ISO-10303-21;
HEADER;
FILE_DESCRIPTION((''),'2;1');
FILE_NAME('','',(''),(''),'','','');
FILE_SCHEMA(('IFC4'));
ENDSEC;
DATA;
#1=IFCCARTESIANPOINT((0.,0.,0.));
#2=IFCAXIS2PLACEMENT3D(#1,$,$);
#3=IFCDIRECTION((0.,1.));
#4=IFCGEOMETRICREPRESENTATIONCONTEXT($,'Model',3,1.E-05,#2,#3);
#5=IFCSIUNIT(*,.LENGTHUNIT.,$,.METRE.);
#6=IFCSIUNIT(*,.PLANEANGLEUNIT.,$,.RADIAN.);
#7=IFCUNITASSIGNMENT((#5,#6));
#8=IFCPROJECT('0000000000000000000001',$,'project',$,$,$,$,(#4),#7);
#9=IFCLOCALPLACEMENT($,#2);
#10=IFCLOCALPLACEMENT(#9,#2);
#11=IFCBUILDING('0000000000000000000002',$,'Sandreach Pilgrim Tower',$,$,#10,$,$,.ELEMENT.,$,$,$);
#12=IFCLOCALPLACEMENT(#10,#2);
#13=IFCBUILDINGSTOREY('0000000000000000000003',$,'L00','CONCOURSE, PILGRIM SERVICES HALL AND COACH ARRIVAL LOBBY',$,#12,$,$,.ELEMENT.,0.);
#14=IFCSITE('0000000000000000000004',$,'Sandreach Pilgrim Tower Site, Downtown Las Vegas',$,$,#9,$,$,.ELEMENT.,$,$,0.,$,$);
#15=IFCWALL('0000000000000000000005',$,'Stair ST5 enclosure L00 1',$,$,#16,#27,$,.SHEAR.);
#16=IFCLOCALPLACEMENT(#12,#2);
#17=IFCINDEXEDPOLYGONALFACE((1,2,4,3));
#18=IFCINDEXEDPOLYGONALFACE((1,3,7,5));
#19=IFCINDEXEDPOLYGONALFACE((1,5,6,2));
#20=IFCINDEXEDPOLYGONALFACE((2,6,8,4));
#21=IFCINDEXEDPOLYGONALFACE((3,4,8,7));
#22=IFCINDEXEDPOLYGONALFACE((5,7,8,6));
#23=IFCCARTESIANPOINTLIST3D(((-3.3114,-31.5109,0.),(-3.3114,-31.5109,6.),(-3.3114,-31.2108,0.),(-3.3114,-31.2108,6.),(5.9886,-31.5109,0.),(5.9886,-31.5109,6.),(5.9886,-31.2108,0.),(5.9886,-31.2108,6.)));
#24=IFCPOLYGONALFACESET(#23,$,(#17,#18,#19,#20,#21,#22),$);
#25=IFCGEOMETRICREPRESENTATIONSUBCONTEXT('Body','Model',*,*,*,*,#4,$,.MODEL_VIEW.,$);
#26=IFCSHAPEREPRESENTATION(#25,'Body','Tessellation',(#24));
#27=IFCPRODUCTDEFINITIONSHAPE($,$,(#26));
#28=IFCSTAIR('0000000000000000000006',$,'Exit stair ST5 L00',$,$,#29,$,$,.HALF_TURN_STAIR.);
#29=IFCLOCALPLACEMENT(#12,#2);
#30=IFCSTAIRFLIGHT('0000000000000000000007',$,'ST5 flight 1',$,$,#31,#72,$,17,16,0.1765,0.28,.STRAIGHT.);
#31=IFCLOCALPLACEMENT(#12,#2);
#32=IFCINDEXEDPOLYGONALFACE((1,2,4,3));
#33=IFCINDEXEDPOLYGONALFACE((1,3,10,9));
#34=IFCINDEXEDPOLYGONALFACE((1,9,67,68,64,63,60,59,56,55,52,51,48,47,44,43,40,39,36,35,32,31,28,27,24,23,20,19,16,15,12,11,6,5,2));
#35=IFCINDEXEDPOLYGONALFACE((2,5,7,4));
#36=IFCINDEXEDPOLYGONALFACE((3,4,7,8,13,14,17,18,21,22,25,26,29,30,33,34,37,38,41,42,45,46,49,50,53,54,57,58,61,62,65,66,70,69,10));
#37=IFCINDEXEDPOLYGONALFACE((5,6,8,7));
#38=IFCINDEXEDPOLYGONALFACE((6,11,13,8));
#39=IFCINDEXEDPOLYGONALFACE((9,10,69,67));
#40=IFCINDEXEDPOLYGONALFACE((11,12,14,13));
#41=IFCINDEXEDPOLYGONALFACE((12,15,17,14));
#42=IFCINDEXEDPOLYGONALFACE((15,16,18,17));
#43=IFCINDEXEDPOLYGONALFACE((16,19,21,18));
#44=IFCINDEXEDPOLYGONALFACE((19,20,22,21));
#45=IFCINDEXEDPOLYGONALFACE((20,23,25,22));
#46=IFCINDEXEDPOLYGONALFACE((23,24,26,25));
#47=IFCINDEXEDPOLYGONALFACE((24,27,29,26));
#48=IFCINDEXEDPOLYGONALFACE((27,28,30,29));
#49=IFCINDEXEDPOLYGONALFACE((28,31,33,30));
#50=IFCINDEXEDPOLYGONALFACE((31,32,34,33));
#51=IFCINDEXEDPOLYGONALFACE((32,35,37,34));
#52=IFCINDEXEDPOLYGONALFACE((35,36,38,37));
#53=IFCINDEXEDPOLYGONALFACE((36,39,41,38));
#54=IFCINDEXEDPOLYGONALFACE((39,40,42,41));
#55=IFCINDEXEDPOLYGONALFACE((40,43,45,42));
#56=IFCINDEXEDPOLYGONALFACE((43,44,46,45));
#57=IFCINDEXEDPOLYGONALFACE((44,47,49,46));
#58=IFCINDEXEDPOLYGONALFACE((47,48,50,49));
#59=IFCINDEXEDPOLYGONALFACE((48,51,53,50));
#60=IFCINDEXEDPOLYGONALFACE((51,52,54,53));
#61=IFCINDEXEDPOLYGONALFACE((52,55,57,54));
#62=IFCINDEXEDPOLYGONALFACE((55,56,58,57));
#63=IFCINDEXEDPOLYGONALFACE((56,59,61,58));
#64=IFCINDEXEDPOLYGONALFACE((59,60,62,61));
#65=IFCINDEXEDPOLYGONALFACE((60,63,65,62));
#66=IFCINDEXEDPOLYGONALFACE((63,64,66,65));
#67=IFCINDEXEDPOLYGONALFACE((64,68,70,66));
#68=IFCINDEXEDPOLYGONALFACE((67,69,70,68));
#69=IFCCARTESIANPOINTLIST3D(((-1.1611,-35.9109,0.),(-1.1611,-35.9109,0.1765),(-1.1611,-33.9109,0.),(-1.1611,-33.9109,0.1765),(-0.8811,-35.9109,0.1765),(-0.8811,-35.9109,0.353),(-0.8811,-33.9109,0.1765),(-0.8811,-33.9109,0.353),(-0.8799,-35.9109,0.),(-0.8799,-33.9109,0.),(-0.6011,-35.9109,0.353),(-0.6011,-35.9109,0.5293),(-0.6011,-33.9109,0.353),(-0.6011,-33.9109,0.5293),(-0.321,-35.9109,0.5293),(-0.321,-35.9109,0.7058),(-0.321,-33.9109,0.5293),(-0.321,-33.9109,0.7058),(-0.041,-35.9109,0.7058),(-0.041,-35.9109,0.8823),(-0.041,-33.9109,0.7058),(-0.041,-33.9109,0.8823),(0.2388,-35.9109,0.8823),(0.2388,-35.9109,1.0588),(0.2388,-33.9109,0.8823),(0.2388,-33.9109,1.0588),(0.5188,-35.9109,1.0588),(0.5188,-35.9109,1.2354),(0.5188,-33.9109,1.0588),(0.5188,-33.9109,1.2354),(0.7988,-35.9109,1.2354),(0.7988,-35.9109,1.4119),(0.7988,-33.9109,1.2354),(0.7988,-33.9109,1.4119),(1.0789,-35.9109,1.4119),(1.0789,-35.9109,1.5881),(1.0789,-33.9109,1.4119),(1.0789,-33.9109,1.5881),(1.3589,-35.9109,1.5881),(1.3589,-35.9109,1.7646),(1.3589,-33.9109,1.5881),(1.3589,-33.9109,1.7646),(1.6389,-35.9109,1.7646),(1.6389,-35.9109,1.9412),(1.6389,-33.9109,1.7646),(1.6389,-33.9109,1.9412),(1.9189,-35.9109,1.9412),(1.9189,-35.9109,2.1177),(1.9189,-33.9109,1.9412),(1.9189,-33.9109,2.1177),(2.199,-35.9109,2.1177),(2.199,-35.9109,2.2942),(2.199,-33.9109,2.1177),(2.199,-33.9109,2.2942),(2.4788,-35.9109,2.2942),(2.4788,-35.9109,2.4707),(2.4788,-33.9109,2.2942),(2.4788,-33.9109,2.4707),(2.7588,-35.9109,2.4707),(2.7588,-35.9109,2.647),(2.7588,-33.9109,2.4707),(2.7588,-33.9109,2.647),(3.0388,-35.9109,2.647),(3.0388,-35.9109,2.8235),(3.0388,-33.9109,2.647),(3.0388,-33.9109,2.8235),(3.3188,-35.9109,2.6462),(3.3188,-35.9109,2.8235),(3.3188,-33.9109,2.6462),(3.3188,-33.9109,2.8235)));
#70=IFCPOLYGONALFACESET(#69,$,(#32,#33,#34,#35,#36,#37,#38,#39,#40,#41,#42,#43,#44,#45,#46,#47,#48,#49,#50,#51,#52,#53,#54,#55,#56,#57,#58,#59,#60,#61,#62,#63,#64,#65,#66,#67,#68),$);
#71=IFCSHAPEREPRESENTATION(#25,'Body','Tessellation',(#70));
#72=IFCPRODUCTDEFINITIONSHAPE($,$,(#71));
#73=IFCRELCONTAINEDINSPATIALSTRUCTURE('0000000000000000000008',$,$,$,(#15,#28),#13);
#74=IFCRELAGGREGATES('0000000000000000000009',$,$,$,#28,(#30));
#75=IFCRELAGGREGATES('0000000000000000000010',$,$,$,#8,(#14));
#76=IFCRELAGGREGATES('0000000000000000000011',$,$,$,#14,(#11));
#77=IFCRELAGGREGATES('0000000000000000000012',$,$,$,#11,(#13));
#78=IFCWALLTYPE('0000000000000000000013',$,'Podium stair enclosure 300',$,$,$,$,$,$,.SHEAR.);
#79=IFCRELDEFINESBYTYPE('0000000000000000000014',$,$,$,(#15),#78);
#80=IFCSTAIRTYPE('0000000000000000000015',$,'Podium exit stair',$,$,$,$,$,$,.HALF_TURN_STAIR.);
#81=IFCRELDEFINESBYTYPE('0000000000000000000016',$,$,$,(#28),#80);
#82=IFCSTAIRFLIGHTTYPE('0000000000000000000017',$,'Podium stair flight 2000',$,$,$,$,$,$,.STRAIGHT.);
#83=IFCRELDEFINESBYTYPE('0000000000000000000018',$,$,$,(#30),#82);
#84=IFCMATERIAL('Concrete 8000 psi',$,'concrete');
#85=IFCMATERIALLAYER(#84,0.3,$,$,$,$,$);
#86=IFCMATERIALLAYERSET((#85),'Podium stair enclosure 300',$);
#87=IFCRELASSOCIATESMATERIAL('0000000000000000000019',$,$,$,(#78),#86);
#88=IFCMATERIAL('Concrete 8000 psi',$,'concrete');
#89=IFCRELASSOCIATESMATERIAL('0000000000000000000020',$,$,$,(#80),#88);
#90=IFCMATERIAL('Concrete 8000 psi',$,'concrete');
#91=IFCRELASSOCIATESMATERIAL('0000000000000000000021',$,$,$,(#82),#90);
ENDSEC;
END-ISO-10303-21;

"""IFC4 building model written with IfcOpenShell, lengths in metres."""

from ifc_helpers import new_model, si_unit, direction, frame, frame_2d, origin, place, context, subcontext, project, spatial, polyline, rectangle, outline, extrude, material, layer, layer_set, type_object, element, aggregate, save


model = new_model("IFC4")

# Units and contexts
model_context = context("Model", 3, precision=1e-05, world=origin(), true_north=direction((0.0, 1.0)))
body_context = subcontext(model_context, "Body", "Model", "MODEL_VIEW")
ifc_project = project(units=[si_unit("LENGTHUNIT", "METRE"), si_unit("PLANEANGLEUNIT", "RADIAN")], contexts=[model_context])

# Site, building, storey
site_placement = place(None, origin())
site = spatial("IfcSite", under=ifc_project, at=site_placement, Name="Sandreach Pilgrim Tower Site, Downtown Las Vegas", CompositionType="ELEMENT", RefElevation=0.0)
building_placement = place(site_placement, origin())
building = spatial("IfcBuilding", under=site, at=building_placement, Name="Sandreach Pilgrim Tower", CompositionType="ELEMENT")
storey_placement = place(building_placement, origin())
storey = spatial("IfcBuildingStorey", under=building, at=storey_placement, Name="L00", Description="CONCOURSE, PILGRIM SERVICES HALL AND COACH ARRIVAL LOBBY", CompositionType="ELEMENT", Elevation=0.0)

# Wall
ifc_material_1 = material(Name="Concrete 8000 psi", Category="concrete")
ifc_layer_1 = layer(ifc_material_1, 0.3)
ifc_layer_set_1 = layer_set([ifc_layer_1], Name="Podium stair enclosure 300")
wall_type_1 = type_object("IfcWallType", Name="Podium stair enclosure 300", PredefinedType="SHEAR", material=ifc_layer_set_1)
wall_1_placement = place(storey_placement, frame((-3.3113, -31.3608, 0.0), z_axis=(0.0, 0.0, 1.0), x_axis=(1.0, 0.0, 0.0)))
element("IfcWall", 1, at=wall_1_placement, inside=storey, type_object=wall_type_1, Name="Stair ST5 enclosure L00 1", PredefinedType="SHEAR", context=body_context, shape_type="SweptSolid", body=[
    extrude(rectangle(XDim=9.3, YDim=0.3, at=frame_2d((4.6499, 0.0))), origin(), (0.0, 0.0, 1.0), 6.0),
])

# Stair, stair flight
ifc_material_2 = material(Name="Concrete 8000 psi", Category="concrete")
stair_type = type_object("IfcStairType", Name="Podium exit stair", PredefinedType="HALF_TURN_STAIR", material=ifc_material_2)
stair_placement = place(storey_placement, origin())
stair = element("IfcStair", 2, at=stair_placement, inside=storey, type_object=stair_type, Name="Exit stair ST5 L00", PredefinedType="HALF_TURN_STAIR")
ifc_material_3 = material(Name="Concrete 8000 psi", Category="concrete")
stair_flight_type = type_object("IfcStairFlightType", Name="Podium stair flight 2000", PredefinedType="STRAIGHT", material=ifc_material_3)
stair_flight_placement = place(storey_placement, frame((-1.1611, -34.9109, 0.0), z_axis=(0.0, 0.0, 1.0), x_axis=(1.0, 0.0, 0.0)))
stair_flight = element("IfcStairFlight", 3, at=stair_flight_placement, type_object=stair_flight_type, Name="ST5 flight 1", NumberOfRisers=17, NumberOfTreads=16, PredefinedType="STRAIGHT", RiserHeight=0.1765, TreadLength=0.28, context=body_context, shape_type="SweptSolid", body=[
    extrude(outline(polyline([(0.0, 0.0), (0.0, 0.1765), (0.28, 0.1765), (0.28, 0.353), (0.5601, 0.353), (0.5601, 0.5293), (0.8401, 0.5293), (0.8401, 0.7058), (1.1201, 0.7058), (1.1201, 0.8823), (1.3999, 0.8823), (1.3999, 1.0588), (1.6799, 1.0588), (1.6799, 1.2354), (1.96, 1.2354), (1.96, 1.4119), (2.24, 1.4119), (2.24, 1.5881), (2.52, 1.5881), (2.52, 1.7646), (2.8, 1.7646), (2.8, 1.9412), (3.0801, 1.9412), (3.0801, 2.1177), (3.3601, 2.1177), (3.3601, 2.2942), (3.6399, 2.2942), (3.6399, 2.4707), (3.9199, 2.4707), (3.9199, 2.647), (4.2, 2.647), (4.2, 2.8235), (4.48, 2.8235), (4.48, 3.0), (4.48, 2.6462), (0.2812, 0.0), (0.0, 0.0)])), frame((0.0, 1.0, 0.0), z_axis=(0.0, -1.0, 0.0), x_axis=(1.0, 0.0, 0.0)), (0.0, 0.0, 1.0), 2.0),
])
aggregate(stair, [stair_flight])

save(model, "model.ifc")
